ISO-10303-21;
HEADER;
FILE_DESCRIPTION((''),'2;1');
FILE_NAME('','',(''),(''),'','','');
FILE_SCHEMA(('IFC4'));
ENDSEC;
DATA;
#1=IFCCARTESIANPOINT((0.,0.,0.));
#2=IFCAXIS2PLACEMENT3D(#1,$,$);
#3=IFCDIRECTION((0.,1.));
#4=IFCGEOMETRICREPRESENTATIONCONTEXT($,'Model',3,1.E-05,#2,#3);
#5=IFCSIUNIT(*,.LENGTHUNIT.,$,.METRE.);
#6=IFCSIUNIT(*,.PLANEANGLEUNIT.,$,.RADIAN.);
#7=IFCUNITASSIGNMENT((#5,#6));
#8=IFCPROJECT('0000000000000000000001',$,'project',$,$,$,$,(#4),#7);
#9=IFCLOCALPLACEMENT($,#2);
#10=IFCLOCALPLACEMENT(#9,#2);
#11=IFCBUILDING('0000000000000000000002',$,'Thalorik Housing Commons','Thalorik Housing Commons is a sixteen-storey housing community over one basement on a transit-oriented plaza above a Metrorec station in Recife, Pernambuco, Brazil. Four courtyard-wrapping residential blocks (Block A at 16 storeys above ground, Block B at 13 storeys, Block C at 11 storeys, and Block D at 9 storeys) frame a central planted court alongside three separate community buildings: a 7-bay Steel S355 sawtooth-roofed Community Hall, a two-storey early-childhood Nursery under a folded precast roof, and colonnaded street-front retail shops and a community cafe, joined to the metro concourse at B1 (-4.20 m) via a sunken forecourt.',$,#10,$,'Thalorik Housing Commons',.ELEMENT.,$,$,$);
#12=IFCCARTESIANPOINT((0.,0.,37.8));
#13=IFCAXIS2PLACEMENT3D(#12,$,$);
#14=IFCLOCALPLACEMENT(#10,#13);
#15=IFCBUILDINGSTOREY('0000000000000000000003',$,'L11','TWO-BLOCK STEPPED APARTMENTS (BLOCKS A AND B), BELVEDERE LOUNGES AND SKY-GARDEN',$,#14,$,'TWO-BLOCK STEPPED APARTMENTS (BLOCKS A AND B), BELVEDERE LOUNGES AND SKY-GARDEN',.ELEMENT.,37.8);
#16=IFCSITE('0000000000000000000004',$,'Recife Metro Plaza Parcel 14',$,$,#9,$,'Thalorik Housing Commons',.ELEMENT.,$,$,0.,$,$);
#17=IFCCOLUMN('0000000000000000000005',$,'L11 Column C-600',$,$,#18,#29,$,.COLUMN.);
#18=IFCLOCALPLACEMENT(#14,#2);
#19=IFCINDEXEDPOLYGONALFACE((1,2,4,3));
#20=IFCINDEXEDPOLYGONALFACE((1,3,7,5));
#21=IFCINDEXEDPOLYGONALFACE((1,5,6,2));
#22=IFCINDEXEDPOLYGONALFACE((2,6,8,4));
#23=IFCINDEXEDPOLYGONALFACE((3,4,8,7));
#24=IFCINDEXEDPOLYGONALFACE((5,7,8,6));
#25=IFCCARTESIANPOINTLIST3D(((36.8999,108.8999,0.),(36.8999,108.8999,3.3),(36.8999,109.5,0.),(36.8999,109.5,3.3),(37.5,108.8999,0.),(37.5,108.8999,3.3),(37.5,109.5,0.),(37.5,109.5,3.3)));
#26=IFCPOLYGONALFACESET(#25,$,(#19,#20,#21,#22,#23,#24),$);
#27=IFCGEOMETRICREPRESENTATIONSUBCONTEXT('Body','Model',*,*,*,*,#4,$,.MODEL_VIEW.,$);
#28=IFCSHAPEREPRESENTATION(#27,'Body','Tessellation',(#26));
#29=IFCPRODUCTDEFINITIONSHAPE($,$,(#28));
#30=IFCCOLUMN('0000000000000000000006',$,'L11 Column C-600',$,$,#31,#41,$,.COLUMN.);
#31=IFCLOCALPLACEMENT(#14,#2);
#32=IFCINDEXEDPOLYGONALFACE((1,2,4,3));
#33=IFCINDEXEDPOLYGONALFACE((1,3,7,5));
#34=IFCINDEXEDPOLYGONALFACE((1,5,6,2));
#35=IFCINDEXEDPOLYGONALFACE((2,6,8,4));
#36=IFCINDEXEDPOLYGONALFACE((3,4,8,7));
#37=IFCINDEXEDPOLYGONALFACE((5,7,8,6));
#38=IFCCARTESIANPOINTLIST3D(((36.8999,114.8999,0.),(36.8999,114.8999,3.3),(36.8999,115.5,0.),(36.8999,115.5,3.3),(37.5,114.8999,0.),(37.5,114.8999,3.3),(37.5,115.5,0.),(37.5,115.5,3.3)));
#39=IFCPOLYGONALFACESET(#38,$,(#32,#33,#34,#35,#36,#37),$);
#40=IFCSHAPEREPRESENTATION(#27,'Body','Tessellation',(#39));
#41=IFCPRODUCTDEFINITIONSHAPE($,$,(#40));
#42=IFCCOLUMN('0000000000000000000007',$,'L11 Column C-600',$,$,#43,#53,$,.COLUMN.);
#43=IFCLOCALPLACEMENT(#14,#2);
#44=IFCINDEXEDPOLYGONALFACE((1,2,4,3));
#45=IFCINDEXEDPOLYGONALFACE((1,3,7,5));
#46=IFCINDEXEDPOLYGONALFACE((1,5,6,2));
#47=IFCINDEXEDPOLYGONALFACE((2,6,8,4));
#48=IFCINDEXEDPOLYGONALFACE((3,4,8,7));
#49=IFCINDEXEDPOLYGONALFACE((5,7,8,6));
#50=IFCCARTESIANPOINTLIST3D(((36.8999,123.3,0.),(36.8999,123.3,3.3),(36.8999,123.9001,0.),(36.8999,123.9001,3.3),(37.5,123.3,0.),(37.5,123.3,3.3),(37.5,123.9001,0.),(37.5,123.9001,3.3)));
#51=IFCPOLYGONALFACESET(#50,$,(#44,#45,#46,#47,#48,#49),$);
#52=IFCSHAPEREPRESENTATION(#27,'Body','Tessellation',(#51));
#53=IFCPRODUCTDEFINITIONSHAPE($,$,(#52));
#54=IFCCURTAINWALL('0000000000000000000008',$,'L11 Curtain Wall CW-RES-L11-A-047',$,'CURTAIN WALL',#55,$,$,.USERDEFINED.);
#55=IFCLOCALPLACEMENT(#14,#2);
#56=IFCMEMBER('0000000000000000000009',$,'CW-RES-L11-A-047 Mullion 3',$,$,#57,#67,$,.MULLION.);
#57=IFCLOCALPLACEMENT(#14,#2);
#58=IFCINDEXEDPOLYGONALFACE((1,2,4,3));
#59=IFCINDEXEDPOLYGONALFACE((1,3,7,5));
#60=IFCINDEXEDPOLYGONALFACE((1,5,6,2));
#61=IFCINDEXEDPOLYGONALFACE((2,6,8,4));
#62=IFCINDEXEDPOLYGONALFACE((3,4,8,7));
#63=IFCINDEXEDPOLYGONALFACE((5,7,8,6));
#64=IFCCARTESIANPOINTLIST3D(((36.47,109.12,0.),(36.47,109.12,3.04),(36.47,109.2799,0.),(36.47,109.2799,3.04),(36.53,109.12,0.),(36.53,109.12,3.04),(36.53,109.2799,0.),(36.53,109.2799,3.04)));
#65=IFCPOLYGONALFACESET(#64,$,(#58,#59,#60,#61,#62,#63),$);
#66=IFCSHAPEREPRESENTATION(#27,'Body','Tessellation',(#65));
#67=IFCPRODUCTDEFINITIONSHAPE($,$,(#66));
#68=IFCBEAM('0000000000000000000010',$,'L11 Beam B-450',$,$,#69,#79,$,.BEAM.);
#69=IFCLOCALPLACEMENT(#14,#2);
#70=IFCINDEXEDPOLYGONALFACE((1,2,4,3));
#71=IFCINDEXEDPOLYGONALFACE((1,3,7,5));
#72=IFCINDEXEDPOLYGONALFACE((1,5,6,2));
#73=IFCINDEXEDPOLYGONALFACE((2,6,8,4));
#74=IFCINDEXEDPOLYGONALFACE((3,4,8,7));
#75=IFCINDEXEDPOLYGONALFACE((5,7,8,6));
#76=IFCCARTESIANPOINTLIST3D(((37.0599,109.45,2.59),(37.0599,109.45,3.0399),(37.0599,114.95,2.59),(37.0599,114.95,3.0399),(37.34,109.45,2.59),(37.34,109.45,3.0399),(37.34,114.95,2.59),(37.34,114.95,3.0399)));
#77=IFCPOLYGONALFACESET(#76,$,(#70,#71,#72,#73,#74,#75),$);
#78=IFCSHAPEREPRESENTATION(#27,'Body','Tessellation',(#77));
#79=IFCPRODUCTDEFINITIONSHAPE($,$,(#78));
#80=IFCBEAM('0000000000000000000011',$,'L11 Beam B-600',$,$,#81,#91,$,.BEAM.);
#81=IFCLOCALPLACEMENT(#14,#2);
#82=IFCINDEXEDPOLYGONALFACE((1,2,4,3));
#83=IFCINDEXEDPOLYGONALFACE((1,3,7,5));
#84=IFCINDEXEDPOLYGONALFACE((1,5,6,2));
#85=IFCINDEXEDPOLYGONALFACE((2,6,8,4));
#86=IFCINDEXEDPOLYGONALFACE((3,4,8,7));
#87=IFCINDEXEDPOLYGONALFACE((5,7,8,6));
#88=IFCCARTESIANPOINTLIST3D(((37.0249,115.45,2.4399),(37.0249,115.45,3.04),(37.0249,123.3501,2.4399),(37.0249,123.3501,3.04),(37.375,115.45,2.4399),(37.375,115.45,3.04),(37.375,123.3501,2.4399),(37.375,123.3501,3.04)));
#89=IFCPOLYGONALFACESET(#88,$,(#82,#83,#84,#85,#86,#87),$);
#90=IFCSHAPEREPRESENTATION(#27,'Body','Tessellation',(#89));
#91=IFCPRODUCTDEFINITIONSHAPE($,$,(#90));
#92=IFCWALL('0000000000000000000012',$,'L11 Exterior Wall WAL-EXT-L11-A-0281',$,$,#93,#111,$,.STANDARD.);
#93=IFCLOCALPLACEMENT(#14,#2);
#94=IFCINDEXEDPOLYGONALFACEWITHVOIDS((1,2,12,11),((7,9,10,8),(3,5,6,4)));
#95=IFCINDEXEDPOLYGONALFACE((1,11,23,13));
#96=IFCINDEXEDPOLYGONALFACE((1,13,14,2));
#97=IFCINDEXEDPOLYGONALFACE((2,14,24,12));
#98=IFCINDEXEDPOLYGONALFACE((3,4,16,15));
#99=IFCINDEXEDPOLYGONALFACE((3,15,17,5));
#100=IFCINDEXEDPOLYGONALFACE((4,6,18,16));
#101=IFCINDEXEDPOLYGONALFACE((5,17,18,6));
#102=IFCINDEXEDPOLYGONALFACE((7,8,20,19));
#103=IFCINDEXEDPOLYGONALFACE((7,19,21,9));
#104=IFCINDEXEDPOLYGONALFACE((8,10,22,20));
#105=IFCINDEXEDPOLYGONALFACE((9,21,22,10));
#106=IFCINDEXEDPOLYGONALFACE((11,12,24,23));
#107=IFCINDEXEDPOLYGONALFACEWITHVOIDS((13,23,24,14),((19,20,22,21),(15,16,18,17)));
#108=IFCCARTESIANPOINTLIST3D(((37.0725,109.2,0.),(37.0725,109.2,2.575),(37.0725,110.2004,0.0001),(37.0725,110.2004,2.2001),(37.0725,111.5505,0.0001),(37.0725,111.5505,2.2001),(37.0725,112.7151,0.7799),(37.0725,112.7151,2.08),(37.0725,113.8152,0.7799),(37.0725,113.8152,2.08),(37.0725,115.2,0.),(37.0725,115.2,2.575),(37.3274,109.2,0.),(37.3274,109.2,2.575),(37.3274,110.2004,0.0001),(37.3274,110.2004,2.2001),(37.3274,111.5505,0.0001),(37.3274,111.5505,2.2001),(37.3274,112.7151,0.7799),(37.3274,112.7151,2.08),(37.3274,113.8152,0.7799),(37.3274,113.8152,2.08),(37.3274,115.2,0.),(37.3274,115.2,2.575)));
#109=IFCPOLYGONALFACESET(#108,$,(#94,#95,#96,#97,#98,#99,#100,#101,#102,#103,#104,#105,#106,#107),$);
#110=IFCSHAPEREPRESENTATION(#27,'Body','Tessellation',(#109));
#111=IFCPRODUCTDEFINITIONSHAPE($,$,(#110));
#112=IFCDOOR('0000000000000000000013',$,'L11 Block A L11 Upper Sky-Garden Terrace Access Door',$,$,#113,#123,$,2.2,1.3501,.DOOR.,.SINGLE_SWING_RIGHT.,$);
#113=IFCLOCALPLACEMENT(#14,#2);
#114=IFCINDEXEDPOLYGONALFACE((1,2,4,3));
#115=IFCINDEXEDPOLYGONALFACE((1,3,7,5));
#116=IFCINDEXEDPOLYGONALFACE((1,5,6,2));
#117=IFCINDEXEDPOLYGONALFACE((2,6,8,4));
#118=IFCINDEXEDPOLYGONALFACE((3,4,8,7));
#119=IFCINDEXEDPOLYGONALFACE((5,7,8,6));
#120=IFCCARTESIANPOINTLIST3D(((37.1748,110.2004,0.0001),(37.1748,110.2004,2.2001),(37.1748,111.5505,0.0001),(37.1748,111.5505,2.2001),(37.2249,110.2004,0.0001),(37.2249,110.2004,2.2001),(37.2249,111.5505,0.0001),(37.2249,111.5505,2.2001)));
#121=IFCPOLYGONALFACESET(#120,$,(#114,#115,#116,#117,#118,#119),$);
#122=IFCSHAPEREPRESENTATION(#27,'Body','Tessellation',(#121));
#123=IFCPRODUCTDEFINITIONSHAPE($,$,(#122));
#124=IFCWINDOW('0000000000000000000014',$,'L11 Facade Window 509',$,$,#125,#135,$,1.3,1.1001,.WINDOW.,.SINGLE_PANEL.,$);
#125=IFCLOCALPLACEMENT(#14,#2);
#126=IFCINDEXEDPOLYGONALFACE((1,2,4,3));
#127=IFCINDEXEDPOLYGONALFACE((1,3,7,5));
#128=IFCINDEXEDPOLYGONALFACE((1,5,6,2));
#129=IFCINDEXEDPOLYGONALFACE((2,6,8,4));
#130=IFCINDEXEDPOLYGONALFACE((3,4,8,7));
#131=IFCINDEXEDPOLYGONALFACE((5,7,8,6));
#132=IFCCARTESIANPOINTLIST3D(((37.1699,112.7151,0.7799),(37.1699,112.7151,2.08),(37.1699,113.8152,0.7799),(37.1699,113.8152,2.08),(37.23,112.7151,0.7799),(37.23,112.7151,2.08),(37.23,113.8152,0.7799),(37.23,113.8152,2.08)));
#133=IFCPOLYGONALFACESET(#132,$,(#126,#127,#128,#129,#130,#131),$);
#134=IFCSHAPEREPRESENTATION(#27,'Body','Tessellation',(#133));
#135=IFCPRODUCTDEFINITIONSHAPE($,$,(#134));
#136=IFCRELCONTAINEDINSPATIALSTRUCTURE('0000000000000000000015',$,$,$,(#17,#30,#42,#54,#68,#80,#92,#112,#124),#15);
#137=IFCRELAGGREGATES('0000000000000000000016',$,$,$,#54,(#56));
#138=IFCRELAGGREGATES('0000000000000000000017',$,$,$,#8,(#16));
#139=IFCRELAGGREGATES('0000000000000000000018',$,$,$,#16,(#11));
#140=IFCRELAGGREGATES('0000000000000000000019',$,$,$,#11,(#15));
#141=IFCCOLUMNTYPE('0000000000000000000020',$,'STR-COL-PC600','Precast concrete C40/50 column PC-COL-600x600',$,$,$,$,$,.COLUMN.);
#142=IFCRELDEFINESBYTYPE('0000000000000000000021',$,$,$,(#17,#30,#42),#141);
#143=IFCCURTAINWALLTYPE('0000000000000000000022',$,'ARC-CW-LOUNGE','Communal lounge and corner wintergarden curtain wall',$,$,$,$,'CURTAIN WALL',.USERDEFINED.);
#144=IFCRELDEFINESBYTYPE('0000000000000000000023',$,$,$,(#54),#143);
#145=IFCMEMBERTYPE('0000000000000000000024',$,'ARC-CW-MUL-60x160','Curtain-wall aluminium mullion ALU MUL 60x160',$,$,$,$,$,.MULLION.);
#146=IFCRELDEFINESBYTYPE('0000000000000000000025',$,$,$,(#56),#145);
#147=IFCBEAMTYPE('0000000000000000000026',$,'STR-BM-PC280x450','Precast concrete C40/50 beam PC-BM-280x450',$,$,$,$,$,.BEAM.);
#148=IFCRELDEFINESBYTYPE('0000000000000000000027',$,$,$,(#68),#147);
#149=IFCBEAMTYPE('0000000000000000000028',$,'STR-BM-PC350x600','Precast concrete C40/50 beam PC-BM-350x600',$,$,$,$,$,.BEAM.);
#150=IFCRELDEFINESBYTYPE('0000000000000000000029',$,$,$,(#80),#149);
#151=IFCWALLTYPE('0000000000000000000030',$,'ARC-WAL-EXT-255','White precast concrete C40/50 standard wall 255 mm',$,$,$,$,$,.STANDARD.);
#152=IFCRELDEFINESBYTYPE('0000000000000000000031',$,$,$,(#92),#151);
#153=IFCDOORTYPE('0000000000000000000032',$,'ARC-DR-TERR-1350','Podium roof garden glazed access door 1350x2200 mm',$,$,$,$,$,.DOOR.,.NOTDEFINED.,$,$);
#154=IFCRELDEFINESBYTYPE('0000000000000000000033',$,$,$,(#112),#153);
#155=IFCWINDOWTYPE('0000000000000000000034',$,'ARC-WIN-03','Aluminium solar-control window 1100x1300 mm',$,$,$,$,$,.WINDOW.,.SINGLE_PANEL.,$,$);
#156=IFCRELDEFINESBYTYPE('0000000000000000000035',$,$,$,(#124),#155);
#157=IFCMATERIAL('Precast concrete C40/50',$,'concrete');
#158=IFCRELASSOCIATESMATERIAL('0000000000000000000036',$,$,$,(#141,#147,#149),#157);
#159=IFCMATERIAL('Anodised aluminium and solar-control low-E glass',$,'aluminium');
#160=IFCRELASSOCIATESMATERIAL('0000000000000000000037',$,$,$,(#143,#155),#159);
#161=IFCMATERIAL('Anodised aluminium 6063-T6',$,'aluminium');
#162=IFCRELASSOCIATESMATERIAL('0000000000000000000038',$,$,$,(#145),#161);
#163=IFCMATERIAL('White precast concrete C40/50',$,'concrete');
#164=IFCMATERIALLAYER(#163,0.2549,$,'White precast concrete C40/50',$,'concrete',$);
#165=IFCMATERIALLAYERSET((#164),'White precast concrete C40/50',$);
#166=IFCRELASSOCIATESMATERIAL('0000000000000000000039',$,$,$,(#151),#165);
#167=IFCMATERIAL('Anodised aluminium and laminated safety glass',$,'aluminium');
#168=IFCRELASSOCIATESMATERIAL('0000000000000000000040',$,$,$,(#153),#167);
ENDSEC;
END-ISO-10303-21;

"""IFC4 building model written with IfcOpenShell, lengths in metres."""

from ifc_helpers import new_model, si_unit, direction, frame, frame_2d, origin, origin_2d, place, context, subcontext, project, spatial, rectangle, extrude, material, layer, layer_set, material_profile, profile_set, type_object, element, fill, aggregate, save


model = new_model("IFC4")

# Units and contexts
model_context = context("Model", 3, precision=1e-05, world=origin(), true_north=direction((0.0, 1.0)))
body_context = subcontext(model_context, "Body", "Model", "MODEL_VIEW")
ifc_project = project(units=[si_unit("LENGTHUNIT", "METRE"), si_unit("PLANEANGLEUNIT", "RADIAN")], contexts=[model_context])

# Site, building, storey
site_placement = place(None, origin())
site = spatial("IfcSite", under=ifc_project, at=site_placement, Name="Recife Metro Plaza Parcel 14", LongName="Thalorik Housing Commons", CompositionType="ELEMENT", RefElevation=0.0)
building_placement = place(site_placement, origin())
building = spatial("IfcBuilding", under=site, at=building_placement, Name="Thalorik Housing Commons", Description="Thalorik Housing Commons is a sixteen-storey housing community over one basement on a transit-oriented plaza above a Metrorec station in Recife, Pernambuco, Brazil. Four courtyard-wrapping residential blocks (Block A at 16 storeys above ground, Block B at 13 storeys, Block C at 11 storeys, and Block D at 9 storeys) frame a central planted court alongside three separate community buildings: a 7-bay Steel S355 sawtooth-roofed Community Hall, a two-storey early-childhood Nursery under a folded precast roof, and colonnaded street-front retail shops and a community cafe, joined to the metro concourse at B1 (-4.20 m) via a sunken forecourt.", LongName="Thalorik Housing Commons", CompositionType="ELEMENT")
storey_placement = place(building_placement, frame((0.0, 0.0, 37.8)))
storey = spatial("IfcBuildingStorey", under=building, at=storey_placement, Name="L11", Description="TWO-BLOCK STEPPED APARTMENTS (BLOCKS A AND B), BELVEDERE LOUNGES AND SKY-GARDEN", LongName="TWO-BLOCK STEPPED APARTMENTS (BLOCKS A AND B), BELVEDERE LOUNGES AND SKY-GARDEN", CompositionType="ELEMENT", Elevation=37.8)

# Columns
ifc_material_1 = material(Name="Precast concrete C40/50", Category="concrete")
ifc_material_profile_1 = material_profile(ifc_material_1, rectangle(XDim=0.6001, YDim=0.6001, at=origin_2d()), Name="PC 600x600", Category="concrete")
ifc_profile_set_1 = profile_set([ifc_material_profile_1], Name="Precast concrete C40/50")
column_type = type_object("IfcColumnType", Name="STR-COL-PC600", Description="Precast concrete C40/50 column PC-COL-600x600", PredefinedType="COLUMN", material=ifc_profile_set_1)
for number, where, z_axis, x_axis, name in (
    (1, (37.2, 109.2, 0.0), (0.0, 0.0, 1.0), (1.0, 0.0, 0.0), "L11 Column C-600"),
    (2, (37.2, 115.2, 0.0), (0.0, 0.0, 1.0), (1.0, 0.0, 0.0), "L11 Column C-600"),
    (3, (37.2, 123.6001, 0.0), (0.0, 0.0, 1.0), (1.0, 0.0, 0.0), "L11 Column C-600"),
):
    element("IfcColumn", number, at=place(storey_placement, frame(where, z_axis=z_axis, x_axis=x_axis)), inside=storey, type_object=column_type, Name=name, PredefinedType="COLUMN", context=body_context, shape_type="SweptSolid", body=[
        extrude(rectangle(XDim=0.6001, YDim=0.6001, at=origin_2d()), origin(), (0.0, 0.0, 1.0), 3.3),
    ])

# Curtain wall, member
ifc_material_2 = material(Name="Anodised aluminium and solar-control low-E glass", Category="aluminium")
curtain_wall_type = type_object("IfcCurtainWallType", Name="ARC-CW-LOUNGE", Description="Communal lounge and corner wintergarden curtain wall", ElementType="CURTAIN WALL", PredefinedType="USERDEFINED", material=ifc_material_2)
curtain_wall_placement = place(storey_placement, origin())
curtain_wall = element("IfcCurtainWall", 4, at=curtain_wall_placement, inside=storey, type_object=curtain_wall_type, Name="L11 Curtain Wall CW-RES-L11-A-047", ObjectType="CURTAIN WALL", PredefinedType="USERDEFINED")
ifc_material_3 = material(Name="Anodised aluminium 6063-T6", Category="aluminium")
ifc_material_profile_2 = material_profile(ifc_material_3, rectangle(XDim=0.0601, YDim=0.1599, at=origin_2d()), Name="ALU MUL 60x160", Category="aluminium")
ifc_profile_set_2 = profile_set([ifc_material_profile_2], Name="Anodised aluminium 6063-T6")
member_type = type_object("IfcMemberType", Name="ARC-CW-MUL-60x160", Description="Curtain-wall aluminium mullion ALU MUL 60x160", PredefinedType="MULLION", material=ifc_profile_set_2)
member_placement = place(storey_placement, frame((36.5, 109.2, 0.0), z_axis=(0.0, 0.0, 1.0), x_axis=(1.0, 0.0, 0.0)))
member = element("IfcMember", 5, at=member_placement, type_object=member_type, Name="CW-RES-L11-A-047 Mullion 3", PredefinedType="MULLION", context=body_context, shape_type="SweptSolid", body=[
    extrude(rectangle(XDim=0.0601, YDim=0.1599, at=origin_2d()), origin(), (0.0, 0.0, 1.0), 3.04),
])
aggregate(curtain_wall, [member])

# Beams
ifc_material_profile_3 = material_profile(ifc_material_1, rectangle(XDim=0.28, YDim=0.45, at=origin_2d()), Name="PC 280x450", Category="concrete")
ifc_profile_set_3 = profile_set([ifc_material_profile_3], Name="Precast concrete C40/50")
beam_type_1 = type_object("IfcBeamType", Name="STR-BM-PC280x450", Description="Precast concrete C40/50 beam PC-BM-280x450", PredefinedType="BEAM", material=ifc_profile_set_3)
beam_1_placement = place(storey_placement, frame((37.2, 109.45, 2.8149), z_axis=(0.0, 1.0, 0.0), x_axis=(-1.0, 0.0, 0.0)))
element("IfcBeam", 6, at=beam_1_placement, inside=storey, type_object=beam_type_1, Name="L11 Beam B-450", PredefinedType="BEAM", context=body_context, shape_type="SweptSolid", body=[
    extrude(rectangle(XDim=0.28, YDim=0.45, at=origin_2d()), origin(), (0.0, 0.0, 1.0), 5.5),
])
ifc_material_profile_4 = material_profile(ifc_material_1, rectangle(XDim=0.3501, YDim=0.6001, at=origin_2d()), Name="PC 350x600", Category="concrete")
ifc_profile_set_4 = profile_set([ifc_material_profile_4], Name="Precast concrete C40/50")
beam_type_2 = type_object("IfcBeamType", Name="STR-BM-PC350x600", Description="Precast concrete C40/50 beam PC-BM-350x600", PredefinedType="BEAM", material=ifc_profile_set_4)
beam_2_placement = place(storey_placement, frame((37.2, 115.45, 2.74), z_axis=(0.0, 1.0, 0.0), x_axis=(-1.0, 0.0, 0.0)))
element("IfcBeam", 7, at=beam_2_placement, inside=storey, type_object=beam_type_2, Name="L11 Beam B-600", PredefinedType="BEAM", context=body_context, shape_type="SweptSolid", body=[
    extrude(rectangle(XDim=0.3501, YDim=0.6001, at=origin_2d()), origin(), (0.0, 0.0, 1.0), 7.9001),
])

# Wall, openings, door, window
ifc_material_4 = material(Name="White precast concrete C40/50", Category="concrete")
ifc_layer_1 = layer(ifc_material_4, 0.2549, Name="White precast concrete C40/50", Category="concrete")
ifc_layer_set_1 = layer_set([ifc_layer_1], Name="White precast concrete C40/50")
wall_type = type_object("IfcWallType", Name="ARC-WAL-EXT-255", Description="White precast concrete C40/50 standard wall 255 mm", PredefinedType="STANDARD", material=ifc_layer_set_1)
wall_1_placement = place(storey_placement, frame((37.2, 109.2, 0.0), z_axis=(0.0, 0.0, 1.0), x_axis=(0.0, 1.0, 0.0)))
wall_1 = element("IfcWall", 8, at=wall_1_placement, inside=storey, type_object=wall_type, Name="L11 Exterior Wall WAL-EXT-L11-A-0281", PredefinedType="STANDARD", context=body_context, shape_type="SweptSolid", body=[
    extrude(rectangle(XDim=6.0, YDim=0.2549, at=frame_2d((3.0, 0.0))), origin(), (0.0, 0.0, 1.0), 2.575),
])
opening_1_placement = place(wall_1_placement, frame((1.0005, 0.0, 0.0)))
opening_1 = element("IfcOpeningElement", 9, at=opening_1_placement, cuts=wall_1, PredefinedType="OPENING", context=body_context, shape_type="SweptSolid", body=[
    extrude(rectangle(XDim=1.3501, YDim=2.2, at=frame_2d((0.675, 1.1001))), frame((0.0, 0.1375, 0.0), z_axis=(0.0, -1.0, 0.0), x_axis=(1.0, 0.0, 0.0)), (0.0, 0.0, 1.0), 0.2749),
])
opening_2_placement = place(wall_1_placement, frame((3.5151, 0.0, 0.78)))
opening_2 = element("IfcOpeningElement", 10, at=opening_2_placement, cuts=wall_1, PredefinedType="OPENING", context=body_context, shape_type="SweptSolid", body=[
    extrude(rectangle(XDim=1.1001, YDim=1.3, at=frame_2d((0.55, 0.6499))), frame((0.0, 0.1375, 0.0), z_axis=(0.0, -1.0, 0.0), x_axis=(1.0, 0.0, 0.0)), (0.0, 0.0, 1.0), 0.2749),
])
ifc_material_5 = material(Name="Anodised aluminium and laminated safety glass", Category="aluminium")
door_type_1 = type_object("IfcDoorType", Name="ARC-DR-TERR-1350", Description="Podium roof garden glazed access door 1350x2200 mm", OperationType="NOTDEFINED", PredefinedType="DOOR", material=ifc_material_5)
door_1_placement = place(opening_1_placement, frame((1.3501, 0.0, 0.0), z_axis=(0.0, 0.0, 1.0), x_axis=(-1.0, 0.0, 0.0)))
door_1 = element("IfcDoor", 11, at=door_1_placement, inside=storey, type_object=door_type_1, Name="L11 Block A L11 Upper Sky-Garden Terrace Access Door", OperationType="SINGLE_SWING_RIGHT", OverallHeight=2.2, OverallWidth=1.3501, PredefinedType="DOOR", context=body_context, shape_type="SweptSolid", body=[
    extrude(rectangle(XDim=1.3501, YDim=2.2, at=frame_2d((0.675, 1.1001))), frame((0.0, 0.0249, 0.0), z_axis=(0.0, -1.0, 0.0), x_axis=(1.0, 0.0, 0.0)), (0.0, 0.0, 1.0), 0.05),
])
fill(opening_1, door_1)
window_type_1 = type_object("IfcWindowType", Name="ARC-WIN-03", Description="Aluminium solar-control window 1100x1300 mm", PartitioningType="SINGLE_PANEL", PredefinedType="WINDOW", material=ifc_material_2)
window_1_placement = place(opening_2_placement, origin())
window_1 = element("IfcWindow", 12, at=window_1_placement, inside=storey, type_object=window_type_1, Name="L11 Facade Window 509", OverallHeight=1.3, OverallWidth=1.1001, PartitioningType="SINGLE_PANEL", PredefinedType="WINDOW", context=body_context, shape_type="SweptSolid", body=[
    extrude(rectangle(XDim=1.1001, YDim=1.3, at=frame_2d((0.55, 0.6499))), frame((0.0, 0.03, 0.0), z_axis=(0.0, -1.0, 0.0), x_axis=(1.0, 0.0, 0.0)), (0.0, 0.0, 1.0), 0.0601),
])
fill(opening_2, window_1)

save(model, "model.ifc")
